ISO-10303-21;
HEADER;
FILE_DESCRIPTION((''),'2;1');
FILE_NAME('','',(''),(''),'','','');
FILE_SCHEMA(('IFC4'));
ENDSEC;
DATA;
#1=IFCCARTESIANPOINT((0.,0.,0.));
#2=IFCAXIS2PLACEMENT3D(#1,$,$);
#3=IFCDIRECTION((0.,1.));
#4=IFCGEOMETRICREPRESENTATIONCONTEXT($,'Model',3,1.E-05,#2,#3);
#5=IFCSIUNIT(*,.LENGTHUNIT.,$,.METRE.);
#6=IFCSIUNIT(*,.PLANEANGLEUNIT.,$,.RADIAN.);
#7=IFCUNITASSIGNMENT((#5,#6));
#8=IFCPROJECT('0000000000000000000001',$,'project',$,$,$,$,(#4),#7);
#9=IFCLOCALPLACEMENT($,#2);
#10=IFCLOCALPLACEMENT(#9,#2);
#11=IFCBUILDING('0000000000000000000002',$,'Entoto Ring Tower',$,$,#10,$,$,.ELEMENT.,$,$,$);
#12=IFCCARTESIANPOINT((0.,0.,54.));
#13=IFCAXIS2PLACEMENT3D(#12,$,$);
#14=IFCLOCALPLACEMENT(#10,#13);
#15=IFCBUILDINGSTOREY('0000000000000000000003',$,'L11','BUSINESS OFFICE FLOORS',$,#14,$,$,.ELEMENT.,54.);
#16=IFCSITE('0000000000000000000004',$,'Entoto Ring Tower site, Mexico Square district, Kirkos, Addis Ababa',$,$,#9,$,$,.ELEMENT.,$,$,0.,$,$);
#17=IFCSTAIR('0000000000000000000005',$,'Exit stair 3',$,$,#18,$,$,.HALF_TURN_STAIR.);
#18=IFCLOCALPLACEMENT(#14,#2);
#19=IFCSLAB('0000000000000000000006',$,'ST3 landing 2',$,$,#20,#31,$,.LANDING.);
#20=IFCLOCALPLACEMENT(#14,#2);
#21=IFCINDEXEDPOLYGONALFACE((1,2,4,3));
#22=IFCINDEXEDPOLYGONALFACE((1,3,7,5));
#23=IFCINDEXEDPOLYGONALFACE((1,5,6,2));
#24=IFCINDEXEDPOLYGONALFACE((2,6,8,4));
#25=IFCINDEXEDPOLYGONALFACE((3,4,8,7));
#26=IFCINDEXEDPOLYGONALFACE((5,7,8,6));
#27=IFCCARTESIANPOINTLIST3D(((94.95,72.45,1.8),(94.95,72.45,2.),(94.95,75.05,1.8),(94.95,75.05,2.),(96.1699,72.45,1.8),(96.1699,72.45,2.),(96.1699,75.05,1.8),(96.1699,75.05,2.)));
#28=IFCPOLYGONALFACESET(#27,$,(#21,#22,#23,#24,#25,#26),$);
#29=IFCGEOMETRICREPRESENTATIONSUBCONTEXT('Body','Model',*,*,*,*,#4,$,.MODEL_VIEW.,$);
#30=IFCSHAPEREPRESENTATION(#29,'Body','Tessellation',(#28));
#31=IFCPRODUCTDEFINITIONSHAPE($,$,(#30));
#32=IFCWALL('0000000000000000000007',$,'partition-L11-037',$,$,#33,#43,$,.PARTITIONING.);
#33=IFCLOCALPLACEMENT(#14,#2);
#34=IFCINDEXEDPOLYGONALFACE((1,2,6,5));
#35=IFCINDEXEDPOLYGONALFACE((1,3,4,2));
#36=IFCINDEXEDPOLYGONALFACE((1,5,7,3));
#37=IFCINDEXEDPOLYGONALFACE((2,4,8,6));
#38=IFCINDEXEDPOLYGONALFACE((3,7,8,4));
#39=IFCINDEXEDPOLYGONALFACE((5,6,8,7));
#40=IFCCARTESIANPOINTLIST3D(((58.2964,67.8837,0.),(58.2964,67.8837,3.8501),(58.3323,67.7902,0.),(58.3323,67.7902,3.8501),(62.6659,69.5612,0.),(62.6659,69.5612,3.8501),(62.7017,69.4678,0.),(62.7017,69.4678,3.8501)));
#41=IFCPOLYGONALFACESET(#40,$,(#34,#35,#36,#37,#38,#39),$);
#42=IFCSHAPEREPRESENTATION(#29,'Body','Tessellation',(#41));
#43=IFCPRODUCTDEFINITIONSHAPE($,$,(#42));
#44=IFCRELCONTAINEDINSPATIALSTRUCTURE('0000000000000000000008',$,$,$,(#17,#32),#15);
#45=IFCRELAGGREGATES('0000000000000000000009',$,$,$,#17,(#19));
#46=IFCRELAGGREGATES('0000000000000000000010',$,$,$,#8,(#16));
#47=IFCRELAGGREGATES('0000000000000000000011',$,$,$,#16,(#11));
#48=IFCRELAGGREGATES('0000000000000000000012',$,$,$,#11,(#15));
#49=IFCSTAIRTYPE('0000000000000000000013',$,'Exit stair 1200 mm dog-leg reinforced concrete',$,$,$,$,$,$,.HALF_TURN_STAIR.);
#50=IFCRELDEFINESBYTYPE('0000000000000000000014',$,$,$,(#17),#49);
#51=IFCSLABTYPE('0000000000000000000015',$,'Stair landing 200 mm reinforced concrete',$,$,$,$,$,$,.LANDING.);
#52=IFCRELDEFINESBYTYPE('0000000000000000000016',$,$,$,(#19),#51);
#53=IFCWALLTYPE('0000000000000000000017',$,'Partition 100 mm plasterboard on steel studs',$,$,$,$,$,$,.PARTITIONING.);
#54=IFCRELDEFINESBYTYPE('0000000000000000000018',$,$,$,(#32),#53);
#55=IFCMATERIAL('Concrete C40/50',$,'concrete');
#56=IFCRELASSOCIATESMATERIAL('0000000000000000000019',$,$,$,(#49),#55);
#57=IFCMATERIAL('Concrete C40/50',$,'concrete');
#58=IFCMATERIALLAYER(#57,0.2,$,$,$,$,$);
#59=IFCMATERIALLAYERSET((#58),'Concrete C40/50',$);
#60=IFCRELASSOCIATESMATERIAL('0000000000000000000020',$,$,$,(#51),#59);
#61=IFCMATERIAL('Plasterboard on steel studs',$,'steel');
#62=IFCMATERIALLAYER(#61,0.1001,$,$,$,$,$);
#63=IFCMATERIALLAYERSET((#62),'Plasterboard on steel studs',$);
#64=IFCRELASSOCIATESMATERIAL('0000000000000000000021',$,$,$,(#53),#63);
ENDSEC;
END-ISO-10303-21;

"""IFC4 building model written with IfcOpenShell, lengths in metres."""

from ifc_helpers import new_model, si_unit, direction, frame, frame_2d, origin, place, context, subcontext, project, spatial, polyline, rectangle, outline, extrude, material, layer, layer_set, type_object, element, aggregate, save


model = new_model("IFC4")

# Units and contexts
model_context = context("Model", 3, precision=1e-05, world=origin(), true_north=direction((0.0, 1.0)))
body_context = subcontext(model_context, "Body", "Model", "MODEL_VIEW")
ifc_project = project(units=[si_unit("LENGTHUNIT", "METRE"), si_unit("PLANEANGLEUNIT", "RADIAN")], contexts=[model_context])

# Site, building, storey
site_placement = place(None, origin())
site = spatial("IfcSite", under=ifc_project, at=site_placement, Name="Entoto Ring Tower site, Mexico Square district, Kirkos, Addis Ababa", CompositionType="ELEMENT", RefElevation=0.0)
building_placement = place(site_placement, origin())
building = spatial("IfcBuilding", under=site, at=building_placement, Name="Entoto Ring Tower", CompositionType="ELEMENT")
storey_placement = place(building_placement, frame((0.0, 0.0, 54.0)))
storey = spatial("IfcBuildingStorey", under=building, at=storey_placement, Name="L11", Description="BUSINESS OFFICE FLOORS", CompositionType="ELEMENT", Elevation=54.0)

# Stair, slab
ifc_material_1 = material(Name="Concrete C40/50", Category="concrete")
stair_type = type_object("IfcStairType", Name="Exit stair 1200 mm dog-leg reinforced concrete", PredefinedType="HALF_TURN_STAIR", material=ifc_material_1)
ifc_material_2 = material(Name="Concrete C40/50", Category="concrete")
ifc_layer_1 = layer(ifc_material_2, 0.2)
ifc_layer_set_1 = layer_set([ifc_layer_1], Name="Concrete C40/50")
slab_type_1 = type_object("IfcSlabType", Name="Stair landing 200 mm reinforced concrete", PredefinedType="LANDING", material=ifc_layer_set_1)
stair_1_placement = place(storey_placement, origin())
stair_1 = element("IfcStair", 1, at=stair_1_placement, inside=storey, type_object=stair_type, Name="Exit stair 3", PredefinedType="HALF_TURN_STAIR")
slab_1_placement = place(storey_placement, frame((0.0, 0.0, 1.8)))
slab_1 = element("IfcSlab", 2, at=slab_1_placement, type_object=slab_type_1, Name="ST3 landing 2", PredefinedType="LANDING", context=body_context, shape_type="SweptSolid", body=[
    extrude(outline(polyline([(94.95, 72.45), (96.1699, 72.45), (96.1699, 75.05), (94.95, 75.05), (94.95, 72.45)])), origin(), (0.0, 0.0, 1.0), 0.2),
])
aggregate(stair_1, [slab_1])

# Wall
ifc_material_3 = material(Name="Plasterboard on steel studs", Category="steel")
ifc_layer_2 = layer(ifc_material_3, 0.1001)
ifc_layer_set_2 = layer_set([ifc_layer_2], Name="Plasterboard on steel studs")
wall_type = type_object("IfcWallType", Name="Partition 100 mm plasterboard on steel studs", PredefinedType="PARTITIONING", material=ifc_layer_set_2)
wall_placement = place(storey_placement, frame((58.3142, 67.8369, 0.0), z_axis=(0.0, 0.0, 1.0), x_axis=(0.933563, 0.358413, 0.0)))
element("IfcWall", 3, at=wall_placement, inside=storey, type_object=wall_type, Name="partition-L11-037", PredefinedType="PARTITIONING", context=body_context, shape_type="SweptSolid", body=[
    extrude(rectangle(XDim=4.6804, YDim=0.1001, at=frame_2d((2.3403, 0.0))), origin(), (0.0, 0.0, 1.0), 3.8501),
])

save(model, "model.ifc")
